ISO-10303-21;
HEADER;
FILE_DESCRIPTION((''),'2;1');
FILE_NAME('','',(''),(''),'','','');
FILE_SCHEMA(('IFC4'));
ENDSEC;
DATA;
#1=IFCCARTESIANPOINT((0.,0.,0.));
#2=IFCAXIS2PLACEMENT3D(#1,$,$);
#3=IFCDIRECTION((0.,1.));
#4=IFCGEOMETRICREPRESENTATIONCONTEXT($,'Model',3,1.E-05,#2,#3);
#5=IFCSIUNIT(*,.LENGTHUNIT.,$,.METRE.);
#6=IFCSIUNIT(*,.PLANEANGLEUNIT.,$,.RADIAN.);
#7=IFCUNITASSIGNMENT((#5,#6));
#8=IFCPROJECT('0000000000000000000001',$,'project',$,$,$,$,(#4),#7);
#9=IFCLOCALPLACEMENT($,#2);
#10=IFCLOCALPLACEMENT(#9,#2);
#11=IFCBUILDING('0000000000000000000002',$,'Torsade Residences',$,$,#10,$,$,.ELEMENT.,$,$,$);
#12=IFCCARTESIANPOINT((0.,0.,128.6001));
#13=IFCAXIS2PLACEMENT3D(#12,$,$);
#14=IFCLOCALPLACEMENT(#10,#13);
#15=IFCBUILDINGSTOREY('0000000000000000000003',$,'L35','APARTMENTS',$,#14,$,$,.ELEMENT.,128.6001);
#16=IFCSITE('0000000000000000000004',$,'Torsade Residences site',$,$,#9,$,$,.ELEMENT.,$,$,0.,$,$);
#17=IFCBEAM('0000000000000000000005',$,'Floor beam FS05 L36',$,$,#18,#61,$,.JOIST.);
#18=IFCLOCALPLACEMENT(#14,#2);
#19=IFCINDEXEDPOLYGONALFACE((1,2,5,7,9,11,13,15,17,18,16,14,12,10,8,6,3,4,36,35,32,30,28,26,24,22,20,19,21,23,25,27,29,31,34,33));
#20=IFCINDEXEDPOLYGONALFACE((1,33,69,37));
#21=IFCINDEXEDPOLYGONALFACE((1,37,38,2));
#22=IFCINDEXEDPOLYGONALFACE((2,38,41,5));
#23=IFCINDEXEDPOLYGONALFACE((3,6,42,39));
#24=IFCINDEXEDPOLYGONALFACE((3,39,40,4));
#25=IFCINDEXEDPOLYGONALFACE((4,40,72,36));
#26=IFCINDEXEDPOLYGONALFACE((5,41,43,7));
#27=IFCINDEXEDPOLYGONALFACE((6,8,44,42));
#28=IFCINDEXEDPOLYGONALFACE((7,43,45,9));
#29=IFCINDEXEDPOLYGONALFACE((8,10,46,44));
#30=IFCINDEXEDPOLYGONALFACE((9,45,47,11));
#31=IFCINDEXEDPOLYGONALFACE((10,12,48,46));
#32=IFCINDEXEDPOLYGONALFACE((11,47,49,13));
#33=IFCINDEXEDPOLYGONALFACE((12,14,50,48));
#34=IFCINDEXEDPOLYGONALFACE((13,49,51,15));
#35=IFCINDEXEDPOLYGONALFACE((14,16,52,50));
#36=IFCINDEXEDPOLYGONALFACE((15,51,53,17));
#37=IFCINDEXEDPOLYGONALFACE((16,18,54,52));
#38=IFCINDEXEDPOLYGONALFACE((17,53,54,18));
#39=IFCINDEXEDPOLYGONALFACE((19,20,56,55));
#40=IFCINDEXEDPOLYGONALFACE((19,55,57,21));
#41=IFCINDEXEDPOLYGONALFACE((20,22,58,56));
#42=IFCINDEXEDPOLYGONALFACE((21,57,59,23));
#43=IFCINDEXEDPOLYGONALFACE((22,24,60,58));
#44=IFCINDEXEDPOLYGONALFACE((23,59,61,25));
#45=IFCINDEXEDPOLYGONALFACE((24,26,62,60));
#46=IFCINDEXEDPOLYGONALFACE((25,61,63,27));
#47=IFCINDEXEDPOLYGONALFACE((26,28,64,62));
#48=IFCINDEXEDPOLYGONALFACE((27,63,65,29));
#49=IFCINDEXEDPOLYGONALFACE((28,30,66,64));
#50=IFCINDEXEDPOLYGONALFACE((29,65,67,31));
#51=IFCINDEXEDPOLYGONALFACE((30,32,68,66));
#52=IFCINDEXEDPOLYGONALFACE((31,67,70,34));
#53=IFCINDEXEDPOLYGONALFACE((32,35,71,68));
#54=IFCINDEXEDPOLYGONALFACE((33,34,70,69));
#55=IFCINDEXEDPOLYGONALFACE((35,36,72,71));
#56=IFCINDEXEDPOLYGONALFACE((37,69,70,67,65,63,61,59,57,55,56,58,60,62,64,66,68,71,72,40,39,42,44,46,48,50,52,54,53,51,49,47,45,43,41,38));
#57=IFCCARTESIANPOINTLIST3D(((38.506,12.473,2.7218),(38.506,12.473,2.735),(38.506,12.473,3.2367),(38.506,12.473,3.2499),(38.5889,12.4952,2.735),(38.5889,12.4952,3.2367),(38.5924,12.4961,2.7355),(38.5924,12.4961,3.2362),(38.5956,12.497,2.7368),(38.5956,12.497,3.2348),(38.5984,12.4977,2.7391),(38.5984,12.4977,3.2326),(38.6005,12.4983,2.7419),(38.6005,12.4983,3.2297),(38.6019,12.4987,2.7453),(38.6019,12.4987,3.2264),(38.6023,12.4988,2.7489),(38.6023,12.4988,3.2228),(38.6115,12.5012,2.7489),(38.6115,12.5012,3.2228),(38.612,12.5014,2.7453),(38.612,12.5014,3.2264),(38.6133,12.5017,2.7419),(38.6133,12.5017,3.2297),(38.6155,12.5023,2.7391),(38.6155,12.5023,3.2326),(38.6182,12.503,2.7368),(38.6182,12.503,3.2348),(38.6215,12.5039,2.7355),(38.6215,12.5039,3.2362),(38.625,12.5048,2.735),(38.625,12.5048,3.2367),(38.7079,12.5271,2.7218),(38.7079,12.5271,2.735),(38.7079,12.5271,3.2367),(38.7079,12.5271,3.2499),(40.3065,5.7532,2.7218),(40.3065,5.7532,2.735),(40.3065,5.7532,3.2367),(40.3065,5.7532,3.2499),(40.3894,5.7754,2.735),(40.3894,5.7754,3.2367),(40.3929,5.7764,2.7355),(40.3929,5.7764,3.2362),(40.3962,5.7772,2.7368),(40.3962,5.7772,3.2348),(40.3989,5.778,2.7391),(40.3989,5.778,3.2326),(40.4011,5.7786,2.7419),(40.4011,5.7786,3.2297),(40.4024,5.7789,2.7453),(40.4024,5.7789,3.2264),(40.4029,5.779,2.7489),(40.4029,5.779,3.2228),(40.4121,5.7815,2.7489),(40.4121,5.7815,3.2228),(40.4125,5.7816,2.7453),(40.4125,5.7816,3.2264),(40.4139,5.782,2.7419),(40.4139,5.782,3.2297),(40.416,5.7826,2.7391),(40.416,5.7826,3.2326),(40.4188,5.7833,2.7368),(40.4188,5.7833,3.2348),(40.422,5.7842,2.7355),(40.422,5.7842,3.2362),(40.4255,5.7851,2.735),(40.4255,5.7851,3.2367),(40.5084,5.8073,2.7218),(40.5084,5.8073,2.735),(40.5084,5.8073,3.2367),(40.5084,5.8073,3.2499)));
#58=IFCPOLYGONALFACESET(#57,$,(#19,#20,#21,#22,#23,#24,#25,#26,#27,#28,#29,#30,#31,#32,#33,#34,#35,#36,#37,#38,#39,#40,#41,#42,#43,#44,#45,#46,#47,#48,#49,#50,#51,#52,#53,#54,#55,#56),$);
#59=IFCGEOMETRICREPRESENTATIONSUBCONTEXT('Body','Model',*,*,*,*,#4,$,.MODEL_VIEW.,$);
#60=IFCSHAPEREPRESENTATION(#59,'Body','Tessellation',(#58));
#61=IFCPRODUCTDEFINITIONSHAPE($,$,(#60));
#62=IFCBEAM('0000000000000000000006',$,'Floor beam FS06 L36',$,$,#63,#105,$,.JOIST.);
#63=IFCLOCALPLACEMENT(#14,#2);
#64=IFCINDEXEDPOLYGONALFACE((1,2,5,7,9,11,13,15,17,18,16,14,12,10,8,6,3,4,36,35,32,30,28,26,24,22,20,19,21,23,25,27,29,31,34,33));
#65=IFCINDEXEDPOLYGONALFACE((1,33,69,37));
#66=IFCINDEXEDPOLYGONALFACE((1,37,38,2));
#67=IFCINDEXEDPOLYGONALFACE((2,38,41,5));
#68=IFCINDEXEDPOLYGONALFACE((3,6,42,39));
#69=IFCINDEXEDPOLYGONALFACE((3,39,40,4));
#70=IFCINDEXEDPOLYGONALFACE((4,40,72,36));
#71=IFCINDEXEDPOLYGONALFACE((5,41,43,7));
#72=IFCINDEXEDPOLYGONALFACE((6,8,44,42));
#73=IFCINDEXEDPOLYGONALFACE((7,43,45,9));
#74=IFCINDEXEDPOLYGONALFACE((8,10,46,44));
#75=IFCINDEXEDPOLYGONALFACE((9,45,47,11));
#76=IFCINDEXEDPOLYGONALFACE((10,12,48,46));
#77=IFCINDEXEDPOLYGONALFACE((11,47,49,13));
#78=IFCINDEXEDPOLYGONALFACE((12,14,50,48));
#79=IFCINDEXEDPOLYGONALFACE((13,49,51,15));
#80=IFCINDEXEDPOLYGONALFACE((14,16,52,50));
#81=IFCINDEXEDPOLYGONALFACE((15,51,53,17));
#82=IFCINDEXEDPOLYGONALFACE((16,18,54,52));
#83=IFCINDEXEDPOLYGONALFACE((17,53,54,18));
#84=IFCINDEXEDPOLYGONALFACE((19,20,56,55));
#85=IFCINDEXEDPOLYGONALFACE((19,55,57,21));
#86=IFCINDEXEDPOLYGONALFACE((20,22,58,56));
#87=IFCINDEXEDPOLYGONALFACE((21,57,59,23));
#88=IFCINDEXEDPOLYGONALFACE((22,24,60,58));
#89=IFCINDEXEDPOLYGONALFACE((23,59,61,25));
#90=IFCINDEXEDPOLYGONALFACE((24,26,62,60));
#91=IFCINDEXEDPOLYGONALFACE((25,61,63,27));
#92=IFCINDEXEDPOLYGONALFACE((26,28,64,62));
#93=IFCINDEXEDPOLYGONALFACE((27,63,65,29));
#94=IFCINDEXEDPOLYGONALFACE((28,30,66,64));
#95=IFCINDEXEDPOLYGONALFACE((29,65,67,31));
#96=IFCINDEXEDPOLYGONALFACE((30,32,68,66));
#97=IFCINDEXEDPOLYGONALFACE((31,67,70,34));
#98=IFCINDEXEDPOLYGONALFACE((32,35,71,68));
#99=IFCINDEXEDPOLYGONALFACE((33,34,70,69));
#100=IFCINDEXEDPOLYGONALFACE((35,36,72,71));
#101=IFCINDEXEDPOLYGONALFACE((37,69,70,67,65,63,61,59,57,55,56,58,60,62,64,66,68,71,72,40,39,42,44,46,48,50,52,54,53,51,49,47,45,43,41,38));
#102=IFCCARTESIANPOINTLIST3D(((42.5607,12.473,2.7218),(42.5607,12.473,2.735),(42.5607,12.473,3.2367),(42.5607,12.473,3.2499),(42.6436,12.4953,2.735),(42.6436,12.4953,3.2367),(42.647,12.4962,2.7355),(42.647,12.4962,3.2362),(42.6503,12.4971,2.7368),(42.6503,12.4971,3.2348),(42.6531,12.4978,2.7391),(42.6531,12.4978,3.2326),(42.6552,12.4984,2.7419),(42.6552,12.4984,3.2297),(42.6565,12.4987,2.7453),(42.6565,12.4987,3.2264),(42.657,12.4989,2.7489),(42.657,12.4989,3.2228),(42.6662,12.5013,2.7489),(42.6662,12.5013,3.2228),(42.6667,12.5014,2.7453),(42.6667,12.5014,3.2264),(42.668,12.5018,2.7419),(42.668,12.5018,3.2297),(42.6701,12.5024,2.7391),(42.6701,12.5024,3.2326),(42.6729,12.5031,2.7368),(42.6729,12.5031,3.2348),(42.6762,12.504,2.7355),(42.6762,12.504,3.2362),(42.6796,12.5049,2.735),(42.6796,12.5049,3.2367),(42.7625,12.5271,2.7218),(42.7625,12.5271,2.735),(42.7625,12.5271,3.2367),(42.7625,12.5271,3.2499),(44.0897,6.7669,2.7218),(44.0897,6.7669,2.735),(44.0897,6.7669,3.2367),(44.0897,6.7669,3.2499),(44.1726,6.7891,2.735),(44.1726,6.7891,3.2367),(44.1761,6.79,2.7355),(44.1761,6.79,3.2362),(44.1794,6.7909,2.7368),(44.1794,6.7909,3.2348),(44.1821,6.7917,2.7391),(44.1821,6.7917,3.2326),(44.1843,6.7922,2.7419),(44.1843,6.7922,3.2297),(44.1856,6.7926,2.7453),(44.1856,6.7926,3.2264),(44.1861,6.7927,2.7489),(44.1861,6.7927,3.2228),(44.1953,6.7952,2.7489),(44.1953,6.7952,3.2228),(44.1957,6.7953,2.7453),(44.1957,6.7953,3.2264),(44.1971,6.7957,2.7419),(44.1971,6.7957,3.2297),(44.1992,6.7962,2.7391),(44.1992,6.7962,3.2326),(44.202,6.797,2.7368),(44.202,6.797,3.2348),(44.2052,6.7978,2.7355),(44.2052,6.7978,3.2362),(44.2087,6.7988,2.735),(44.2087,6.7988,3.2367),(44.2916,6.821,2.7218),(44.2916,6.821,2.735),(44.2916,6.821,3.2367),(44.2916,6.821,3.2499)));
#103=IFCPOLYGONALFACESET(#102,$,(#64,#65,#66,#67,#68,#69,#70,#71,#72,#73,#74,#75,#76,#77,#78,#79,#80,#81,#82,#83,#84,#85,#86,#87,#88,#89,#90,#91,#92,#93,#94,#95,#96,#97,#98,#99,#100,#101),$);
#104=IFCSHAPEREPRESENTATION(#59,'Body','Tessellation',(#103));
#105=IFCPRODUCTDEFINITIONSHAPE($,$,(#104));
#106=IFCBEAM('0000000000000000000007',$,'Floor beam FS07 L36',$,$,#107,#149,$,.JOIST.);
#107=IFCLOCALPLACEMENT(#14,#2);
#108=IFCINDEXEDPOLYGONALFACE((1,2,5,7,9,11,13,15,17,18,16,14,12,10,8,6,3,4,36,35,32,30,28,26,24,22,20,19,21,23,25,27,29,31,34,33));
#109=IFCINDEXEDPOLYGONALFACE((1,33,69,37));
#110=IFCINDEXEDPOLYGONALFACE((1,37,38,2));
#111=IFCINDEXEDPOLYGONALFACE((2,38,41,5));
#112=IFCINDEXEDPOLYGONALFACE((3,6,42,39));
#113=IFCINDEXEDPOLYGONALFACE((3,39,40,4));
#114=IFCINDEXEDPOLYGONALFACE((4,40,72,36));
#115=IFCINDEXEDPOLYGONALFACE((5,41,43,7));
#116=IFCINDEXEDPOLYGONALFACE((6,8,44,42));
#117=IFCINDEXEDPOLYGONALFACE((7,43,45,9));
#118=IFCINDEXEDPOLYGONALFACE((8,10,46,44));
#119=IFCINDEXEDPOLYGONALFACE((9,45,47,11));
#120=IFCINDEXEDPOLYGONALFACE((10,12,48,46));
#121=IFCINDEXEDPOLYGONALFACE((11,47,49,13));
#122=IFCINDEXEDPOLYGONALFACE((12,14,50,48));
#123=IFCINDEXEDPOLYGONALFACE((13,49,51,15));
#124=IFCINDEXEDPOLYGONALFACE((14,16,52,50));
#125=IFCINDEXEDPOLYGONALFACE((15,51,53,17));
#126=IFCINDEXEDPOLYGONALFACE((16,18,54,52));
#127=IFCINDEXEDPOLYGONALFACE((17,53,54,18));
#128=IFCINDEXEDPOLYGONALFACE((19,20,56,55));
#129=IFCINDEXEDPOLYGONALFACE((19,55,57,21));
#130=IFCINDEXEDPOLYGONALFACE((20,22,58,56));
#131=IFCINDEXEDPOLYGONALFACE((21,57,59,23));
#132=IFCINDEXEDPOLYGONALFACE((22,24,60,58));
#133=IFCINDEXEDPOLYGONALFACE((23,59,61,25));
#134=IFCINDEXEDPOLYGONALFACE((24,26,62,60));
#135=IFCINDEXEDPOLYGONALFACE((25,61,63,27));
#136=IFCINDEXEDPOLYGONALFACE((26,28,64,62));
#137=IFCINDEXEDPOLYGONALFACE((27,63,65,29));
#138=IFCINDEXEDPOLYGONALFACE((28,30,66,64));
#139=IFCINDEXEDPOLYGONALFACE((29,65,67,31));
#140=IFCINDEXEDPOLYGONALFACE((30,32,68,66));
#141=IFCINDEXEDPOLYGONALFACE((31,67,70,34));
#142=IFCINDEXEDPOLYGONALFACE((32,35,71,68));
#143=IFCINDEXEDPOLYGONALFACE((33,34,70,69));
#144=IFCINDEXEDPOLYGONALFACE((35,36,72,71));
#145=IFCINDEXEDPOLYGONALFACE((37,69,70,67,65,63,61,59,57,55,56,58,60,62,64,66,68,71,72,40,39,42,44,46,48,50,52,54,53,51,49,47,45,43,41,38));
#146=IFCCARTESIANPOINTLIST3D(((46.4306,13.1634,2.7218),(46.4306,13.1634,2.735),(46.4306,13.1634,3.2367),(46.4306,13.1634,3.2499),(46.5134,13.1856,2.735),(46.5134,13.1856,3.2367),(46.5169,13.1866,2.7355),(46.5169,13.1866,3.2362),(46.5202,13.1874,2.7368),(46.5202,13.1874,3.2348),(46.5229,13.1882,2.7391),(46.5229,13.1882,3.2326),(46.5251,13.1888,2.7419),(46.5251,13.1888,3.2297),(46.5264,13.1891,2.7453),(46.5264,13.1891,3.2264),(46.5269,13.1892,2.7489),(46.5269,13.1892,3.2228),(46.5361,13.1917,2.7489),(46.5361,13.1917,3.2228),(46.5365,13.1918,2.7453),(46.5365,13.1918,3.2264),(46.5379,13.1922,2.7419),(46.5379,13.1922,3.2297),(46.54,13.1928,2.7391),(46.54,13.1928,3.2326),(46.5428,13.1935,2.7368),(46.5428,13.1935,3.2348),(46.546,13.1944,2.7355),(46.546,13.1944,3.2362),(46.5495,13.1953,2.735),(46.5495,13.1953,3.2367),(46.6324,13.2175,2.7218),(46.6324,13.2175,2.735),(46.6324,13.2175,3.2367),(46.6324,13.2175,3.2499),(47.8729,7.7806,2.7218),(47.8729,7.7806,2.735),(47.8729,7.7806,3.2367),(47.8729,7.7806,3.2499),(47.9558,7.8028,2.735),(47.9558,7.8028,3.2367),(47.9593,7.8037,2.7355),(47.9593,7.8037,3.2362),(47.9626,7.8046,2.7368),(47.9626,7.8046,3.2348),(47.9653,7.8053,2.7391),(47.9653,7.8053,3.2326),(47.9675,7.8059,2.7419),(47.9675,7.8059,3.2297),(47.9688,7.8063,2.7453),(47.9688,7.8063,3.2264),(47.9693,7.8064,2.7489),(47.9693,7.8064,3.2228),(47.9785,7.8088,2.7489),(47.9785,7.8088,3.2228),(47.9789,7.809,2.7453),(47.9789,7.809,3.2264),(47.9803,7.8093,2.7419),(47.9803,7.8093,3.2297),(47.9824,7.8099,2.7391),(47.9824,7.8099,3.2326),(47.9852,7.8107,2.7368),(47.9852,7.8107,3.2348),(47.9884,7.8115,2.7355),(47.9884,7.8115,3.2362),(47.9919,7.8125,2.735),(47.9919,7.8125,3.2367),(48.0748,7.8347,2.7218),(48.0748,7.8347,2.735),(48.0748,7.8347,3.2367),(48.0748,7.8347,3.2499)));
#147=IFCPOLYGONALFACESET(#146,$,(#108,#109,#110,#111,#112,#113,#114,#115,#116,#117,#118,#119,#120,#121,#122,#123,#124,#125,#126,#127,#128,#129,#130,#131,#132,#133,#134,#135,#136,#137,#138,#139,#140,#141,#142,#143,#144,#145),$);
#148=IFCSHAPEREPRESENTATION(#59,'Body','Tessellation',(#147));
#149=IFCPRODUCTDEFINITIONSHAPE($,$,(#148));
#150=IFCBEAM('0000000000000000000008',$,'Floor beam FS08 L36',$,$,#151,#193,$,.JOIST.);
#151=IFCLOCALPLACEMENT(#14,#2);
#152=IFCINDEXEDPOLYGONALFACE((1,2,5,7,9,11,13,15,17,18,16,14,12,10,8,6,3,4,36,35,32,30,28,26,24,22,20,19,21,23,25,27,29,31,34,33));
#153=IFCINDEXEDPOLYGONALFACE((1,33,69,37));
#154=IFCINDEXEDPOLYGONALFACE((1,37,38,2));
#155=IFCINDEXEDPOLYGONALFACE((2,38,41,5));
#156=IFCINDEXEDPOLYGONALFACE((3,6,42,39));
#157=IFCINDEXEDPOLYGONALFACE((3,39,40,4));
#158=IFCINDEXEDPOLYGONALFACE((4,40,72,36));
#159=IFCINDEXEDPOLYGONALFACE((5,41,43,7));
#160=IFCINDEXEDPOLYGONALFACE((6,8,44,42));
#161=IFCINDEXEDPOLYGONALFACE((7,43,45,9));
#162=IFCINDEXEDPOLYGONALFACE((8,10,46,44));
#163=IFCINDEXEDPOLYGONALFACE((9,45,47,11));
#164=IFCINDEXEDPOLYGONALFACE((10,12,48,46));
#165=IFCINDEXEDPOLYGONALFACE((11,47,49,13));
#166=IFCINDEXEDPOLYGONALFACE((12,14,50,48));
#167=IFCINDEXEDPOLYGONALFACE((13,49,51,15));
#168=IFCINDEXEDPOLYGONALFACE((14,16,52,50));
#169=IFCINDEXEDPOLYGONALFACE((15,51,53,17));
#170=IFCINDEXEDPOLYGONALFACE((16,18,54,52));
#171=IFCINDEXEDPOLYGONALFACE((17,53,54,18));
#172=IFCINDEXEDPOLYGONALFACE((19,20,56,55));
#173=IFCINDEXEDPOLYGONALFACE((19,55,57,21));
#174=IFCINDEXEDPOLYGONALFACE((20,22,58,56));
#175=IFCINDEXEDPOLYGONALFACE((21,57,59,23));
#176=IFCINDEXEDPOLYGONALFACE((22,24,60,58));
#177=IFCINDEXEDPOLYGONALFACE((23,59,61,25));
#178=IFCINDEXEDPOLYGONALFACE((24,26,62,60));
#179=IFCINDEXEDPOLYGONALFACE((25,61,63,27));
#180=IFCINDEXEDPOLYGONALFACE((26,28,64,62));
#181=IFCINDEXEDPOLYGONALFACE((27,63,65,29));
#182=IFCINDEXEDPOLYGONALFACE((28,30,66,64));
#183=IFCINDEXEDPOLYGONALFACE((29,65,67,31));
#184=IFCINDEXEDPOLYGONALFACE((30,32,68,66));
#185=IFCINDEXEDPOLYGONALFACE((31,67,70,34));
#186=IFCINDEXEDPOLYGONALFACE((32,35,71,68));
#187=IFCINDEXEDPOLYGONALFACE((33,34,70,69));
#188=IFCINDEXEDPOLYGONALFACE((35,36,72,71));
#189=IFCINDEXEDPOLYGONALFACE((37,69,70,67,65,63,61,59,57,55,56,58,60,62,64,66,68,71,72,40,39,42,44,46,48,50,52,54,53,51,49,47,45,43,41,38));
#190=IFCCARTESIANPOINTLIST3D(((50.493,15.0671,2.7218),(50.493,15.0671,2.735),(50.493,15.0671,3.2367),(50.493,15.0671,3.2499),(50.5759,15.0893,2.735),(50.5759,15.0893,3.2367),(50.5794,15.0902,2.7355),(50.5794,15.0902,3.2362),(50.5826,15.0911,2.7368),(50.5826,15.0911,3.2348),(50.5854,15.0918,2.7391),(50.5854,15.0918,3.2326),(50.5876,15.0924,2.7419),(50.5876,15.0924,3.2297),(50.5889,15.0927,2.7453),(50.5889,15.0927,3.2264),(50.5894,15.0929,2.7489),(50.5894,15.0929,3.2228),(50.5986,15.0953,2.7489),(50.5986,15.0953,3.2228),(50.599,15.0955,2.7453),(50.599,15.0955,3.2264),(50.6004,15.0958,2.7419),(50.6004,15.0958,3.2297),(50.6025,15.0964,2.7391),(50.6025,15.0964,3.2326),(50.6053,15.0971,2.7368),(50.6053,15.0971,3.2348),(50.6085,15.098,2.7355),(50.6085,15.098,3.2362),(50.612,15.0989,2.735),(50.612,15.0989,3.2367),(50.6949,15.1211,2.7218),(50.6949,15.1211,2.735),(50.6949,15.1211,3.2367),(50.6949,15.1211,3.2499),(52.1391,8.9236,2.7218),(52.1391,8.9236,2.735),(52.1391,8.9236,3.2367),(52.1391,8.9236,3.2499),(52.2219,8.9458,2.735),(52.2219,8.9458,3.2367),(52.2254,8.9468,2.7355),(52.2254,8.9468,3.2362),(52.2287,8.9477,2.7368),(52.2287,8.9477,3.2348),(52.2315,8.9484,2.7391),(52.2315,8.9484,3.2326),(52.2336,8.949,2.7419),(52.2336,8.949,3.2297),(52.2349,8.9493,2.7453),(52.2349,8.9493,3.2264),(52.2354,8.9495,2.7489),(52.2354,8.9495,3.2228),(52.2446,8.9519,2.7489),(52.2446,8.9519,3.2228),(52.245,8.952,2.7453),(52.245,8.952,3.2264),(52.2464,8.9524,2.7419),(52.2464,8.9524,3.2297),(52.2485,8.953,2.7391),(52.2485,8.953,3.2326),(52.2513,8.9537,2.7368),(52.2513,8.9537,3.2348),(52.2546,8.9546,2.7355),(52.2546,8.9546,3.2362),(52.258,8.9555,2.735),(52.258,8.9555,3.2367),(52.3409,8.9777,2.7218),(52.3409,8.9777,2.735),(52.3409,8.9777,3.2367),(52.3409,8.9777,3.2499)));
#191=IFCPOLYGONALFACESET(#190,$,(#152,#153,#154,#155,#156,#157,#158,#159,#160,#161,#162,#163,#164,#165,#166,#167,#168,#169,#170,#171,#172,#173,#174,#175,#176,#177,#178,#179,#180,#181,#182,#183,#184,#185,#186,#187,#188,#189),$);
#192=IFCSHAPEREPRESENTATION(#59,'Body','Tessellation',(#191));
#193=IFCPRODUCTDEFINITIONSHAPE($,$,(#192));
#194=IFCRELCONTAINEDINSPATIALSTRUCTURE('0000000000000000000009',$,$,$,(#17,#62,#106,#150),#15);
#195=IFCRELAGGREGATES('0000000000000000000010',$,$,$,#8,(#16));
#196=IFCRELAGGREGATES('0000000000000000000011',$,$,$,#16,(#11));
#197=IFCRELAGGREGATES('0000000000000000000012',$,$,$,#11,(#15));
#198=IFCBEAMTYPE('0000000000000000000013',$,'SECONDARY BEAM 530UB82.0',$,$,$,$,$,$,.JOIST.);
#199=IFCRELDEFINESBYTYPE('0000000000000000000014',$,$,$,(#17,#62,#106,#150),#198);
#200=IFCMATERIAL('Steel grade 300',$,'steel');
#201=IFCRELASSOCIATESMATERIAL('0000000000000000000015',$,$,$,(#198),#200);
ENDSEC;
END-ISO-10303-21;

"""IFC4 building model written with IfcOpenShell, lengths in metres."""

from ifc_helpers import new_model, si_unit, direction, frame, origin, origin_2d, place, context, subcontext, project, spatial, i_section, extrude, material, material_profile, profile_set, type_object, element, save


model = new_model("IFC4")

# Units and contexts
model_context = context("Model", 3, precision=1e-05, world=origin(), true_north=direction((0.0, 1.0)))
body_context = subcontext(model_context, "Body", "Model", "MODEL_VIEW")
ifc_project = project(units=[si_unit("LENGTHUNIT", "METRE"), si_unit("PLANEANGLEUNIT", "RADIAN")], contexts=[model_context])

# Site, building, storey
site_placement = place(None, origin())
site = spatial("IfcSite", under=ifc_project, at=site_placement, Name="Torsade Residences site", CompositionType="ELEMENT", RefElevation=0.0)
building_placement = place(site_placement, origin())
building = spatial("IfcBuilding", under=site, at=building_placement, Name="Torsade Residences", CompositionType="ELEMENT")
storey_placement = place(building_placement, frame((0.0, 0.0, 128.6001)))
storey = spatial("IfcBuildingStorey", under=building, at=storey_placement, Name="L35", Description="APARTMENTS", CompositionType="ELEMENT", Elevation=128.6001)

# Beams
ifc_material_1 = material(Name="Steel grade 300", Category="steel")
ifc_material_profile_1 = material_profile(ifc_material_1, i_section(OverallWidth=0.209, OverallDepth=0.5281, WebThickness=0.0095, FlangeThickness=0.0132, FilletRadius=0.0139, at=origin_2d()), Name="530UB82.0")
ifc_profile_set_1 = profile_set([ifc_material_profile_1], Name="Steel grade 300")
beam_type_1 = type_object("IfcBeamType", Name="SECONDARY BEAM 530UB82.0", PredefinedType="JOIST", material=ifc_profile_set_1)
beam_1_placement = place(storey_placement, frame((40.4075, 5.7803, 2.9858), z_axis=(-0.258818, 0.965926, 0.0), x_axis=(-0.965926, -0.258818, 0.0)))
element("IfcBeam", 1, at=beam_1_placement, inside=storey, type_object=beam_type_1, Name="Floor beam FS05 L36", PredefinedType="JOIST", context=body_context, shape_type="SweptSolid", body=[
    extrude(i_section(OverallWidth=0.209, OverallDepth=0.5281, WebThickness=0.0095, FlangeThickness=0.0132, FilletRadius=0.0139, at=origin_2d()), origin(), (0.0, 0.0, 1.0), 6.9568),
])
beam_2_placement = place(storey_placement, frame((44.1907, 6.7939, 2.9858), z_axis=(-0.258838, 0.965921, 0.0), x_axis=(-0.965921, -0.258838, 0.0)))
element("IfcBeam", 2, at=beam_2_placement, inside=storey, type_object=beam_type_1, Name="Floor beam FS06 L36", PredefinedType="JOIST", context=body_context, shape_type="SweptSolid", body=[
    extrude(i_section(OverallWidth=0.209, OverallDepth=0.5281, WebThickness=0.0095, FlangeThickness=0.0132, FilletRadius=0.0139, at=origin_2d()), origin(), (0.0, 0.0, 1.0), 5.9075),
])
beam_3_placement = place(storey_placement, frame((47.9739, 7.8076, 2.9858), z_axis=(-0.25883, 0.965923, 0.0), x_axis=(-0.965923, -0.25883, 0.0)))
element("IfcBeam", 3, at=beam_3_placement, inside=storey, type_object=beam_type_1, Name="Floor beam FS07 L36", PredefinedType="JOIST", context=body_context, shape_type="SweptSolid", body=[
    extrude(i_section(OverallWidth=0.209, OverallDepth=0.5281, WebThickness=0.0095, FlangeThickness=0.0132, FilletRadius=0.0139, at=origin_2d()), origin(), (0.0, 0.0, 1.0), 5.5728),
])
beam_4_placement = place(storey_placement, frame((52.24, 8.9507, 2.9858), z_axis=(-0.258805, 0.96593, 0.0), x_axis=(-0.96593, -0.258805, 0.0)))
element("IfcBeam", 4, at=beam_4_placement, inside=storey, type_object=beam_type_1, Name="Floor beam FS08 L36", PredefinedType="JOIST", context=body_context, shape_type="SweptSolid", body=[
    extrude(i_section(OverallWidth=0.209, OverallDepth=0.5281, WebThickness=0.0095, FlangeThickness=0.0132, FilletRadius=0.0139, at=origin_2d()), origin(), (0.0, 0.0, 1.0), 6.3601),
])

save(model, "model.ifc")
